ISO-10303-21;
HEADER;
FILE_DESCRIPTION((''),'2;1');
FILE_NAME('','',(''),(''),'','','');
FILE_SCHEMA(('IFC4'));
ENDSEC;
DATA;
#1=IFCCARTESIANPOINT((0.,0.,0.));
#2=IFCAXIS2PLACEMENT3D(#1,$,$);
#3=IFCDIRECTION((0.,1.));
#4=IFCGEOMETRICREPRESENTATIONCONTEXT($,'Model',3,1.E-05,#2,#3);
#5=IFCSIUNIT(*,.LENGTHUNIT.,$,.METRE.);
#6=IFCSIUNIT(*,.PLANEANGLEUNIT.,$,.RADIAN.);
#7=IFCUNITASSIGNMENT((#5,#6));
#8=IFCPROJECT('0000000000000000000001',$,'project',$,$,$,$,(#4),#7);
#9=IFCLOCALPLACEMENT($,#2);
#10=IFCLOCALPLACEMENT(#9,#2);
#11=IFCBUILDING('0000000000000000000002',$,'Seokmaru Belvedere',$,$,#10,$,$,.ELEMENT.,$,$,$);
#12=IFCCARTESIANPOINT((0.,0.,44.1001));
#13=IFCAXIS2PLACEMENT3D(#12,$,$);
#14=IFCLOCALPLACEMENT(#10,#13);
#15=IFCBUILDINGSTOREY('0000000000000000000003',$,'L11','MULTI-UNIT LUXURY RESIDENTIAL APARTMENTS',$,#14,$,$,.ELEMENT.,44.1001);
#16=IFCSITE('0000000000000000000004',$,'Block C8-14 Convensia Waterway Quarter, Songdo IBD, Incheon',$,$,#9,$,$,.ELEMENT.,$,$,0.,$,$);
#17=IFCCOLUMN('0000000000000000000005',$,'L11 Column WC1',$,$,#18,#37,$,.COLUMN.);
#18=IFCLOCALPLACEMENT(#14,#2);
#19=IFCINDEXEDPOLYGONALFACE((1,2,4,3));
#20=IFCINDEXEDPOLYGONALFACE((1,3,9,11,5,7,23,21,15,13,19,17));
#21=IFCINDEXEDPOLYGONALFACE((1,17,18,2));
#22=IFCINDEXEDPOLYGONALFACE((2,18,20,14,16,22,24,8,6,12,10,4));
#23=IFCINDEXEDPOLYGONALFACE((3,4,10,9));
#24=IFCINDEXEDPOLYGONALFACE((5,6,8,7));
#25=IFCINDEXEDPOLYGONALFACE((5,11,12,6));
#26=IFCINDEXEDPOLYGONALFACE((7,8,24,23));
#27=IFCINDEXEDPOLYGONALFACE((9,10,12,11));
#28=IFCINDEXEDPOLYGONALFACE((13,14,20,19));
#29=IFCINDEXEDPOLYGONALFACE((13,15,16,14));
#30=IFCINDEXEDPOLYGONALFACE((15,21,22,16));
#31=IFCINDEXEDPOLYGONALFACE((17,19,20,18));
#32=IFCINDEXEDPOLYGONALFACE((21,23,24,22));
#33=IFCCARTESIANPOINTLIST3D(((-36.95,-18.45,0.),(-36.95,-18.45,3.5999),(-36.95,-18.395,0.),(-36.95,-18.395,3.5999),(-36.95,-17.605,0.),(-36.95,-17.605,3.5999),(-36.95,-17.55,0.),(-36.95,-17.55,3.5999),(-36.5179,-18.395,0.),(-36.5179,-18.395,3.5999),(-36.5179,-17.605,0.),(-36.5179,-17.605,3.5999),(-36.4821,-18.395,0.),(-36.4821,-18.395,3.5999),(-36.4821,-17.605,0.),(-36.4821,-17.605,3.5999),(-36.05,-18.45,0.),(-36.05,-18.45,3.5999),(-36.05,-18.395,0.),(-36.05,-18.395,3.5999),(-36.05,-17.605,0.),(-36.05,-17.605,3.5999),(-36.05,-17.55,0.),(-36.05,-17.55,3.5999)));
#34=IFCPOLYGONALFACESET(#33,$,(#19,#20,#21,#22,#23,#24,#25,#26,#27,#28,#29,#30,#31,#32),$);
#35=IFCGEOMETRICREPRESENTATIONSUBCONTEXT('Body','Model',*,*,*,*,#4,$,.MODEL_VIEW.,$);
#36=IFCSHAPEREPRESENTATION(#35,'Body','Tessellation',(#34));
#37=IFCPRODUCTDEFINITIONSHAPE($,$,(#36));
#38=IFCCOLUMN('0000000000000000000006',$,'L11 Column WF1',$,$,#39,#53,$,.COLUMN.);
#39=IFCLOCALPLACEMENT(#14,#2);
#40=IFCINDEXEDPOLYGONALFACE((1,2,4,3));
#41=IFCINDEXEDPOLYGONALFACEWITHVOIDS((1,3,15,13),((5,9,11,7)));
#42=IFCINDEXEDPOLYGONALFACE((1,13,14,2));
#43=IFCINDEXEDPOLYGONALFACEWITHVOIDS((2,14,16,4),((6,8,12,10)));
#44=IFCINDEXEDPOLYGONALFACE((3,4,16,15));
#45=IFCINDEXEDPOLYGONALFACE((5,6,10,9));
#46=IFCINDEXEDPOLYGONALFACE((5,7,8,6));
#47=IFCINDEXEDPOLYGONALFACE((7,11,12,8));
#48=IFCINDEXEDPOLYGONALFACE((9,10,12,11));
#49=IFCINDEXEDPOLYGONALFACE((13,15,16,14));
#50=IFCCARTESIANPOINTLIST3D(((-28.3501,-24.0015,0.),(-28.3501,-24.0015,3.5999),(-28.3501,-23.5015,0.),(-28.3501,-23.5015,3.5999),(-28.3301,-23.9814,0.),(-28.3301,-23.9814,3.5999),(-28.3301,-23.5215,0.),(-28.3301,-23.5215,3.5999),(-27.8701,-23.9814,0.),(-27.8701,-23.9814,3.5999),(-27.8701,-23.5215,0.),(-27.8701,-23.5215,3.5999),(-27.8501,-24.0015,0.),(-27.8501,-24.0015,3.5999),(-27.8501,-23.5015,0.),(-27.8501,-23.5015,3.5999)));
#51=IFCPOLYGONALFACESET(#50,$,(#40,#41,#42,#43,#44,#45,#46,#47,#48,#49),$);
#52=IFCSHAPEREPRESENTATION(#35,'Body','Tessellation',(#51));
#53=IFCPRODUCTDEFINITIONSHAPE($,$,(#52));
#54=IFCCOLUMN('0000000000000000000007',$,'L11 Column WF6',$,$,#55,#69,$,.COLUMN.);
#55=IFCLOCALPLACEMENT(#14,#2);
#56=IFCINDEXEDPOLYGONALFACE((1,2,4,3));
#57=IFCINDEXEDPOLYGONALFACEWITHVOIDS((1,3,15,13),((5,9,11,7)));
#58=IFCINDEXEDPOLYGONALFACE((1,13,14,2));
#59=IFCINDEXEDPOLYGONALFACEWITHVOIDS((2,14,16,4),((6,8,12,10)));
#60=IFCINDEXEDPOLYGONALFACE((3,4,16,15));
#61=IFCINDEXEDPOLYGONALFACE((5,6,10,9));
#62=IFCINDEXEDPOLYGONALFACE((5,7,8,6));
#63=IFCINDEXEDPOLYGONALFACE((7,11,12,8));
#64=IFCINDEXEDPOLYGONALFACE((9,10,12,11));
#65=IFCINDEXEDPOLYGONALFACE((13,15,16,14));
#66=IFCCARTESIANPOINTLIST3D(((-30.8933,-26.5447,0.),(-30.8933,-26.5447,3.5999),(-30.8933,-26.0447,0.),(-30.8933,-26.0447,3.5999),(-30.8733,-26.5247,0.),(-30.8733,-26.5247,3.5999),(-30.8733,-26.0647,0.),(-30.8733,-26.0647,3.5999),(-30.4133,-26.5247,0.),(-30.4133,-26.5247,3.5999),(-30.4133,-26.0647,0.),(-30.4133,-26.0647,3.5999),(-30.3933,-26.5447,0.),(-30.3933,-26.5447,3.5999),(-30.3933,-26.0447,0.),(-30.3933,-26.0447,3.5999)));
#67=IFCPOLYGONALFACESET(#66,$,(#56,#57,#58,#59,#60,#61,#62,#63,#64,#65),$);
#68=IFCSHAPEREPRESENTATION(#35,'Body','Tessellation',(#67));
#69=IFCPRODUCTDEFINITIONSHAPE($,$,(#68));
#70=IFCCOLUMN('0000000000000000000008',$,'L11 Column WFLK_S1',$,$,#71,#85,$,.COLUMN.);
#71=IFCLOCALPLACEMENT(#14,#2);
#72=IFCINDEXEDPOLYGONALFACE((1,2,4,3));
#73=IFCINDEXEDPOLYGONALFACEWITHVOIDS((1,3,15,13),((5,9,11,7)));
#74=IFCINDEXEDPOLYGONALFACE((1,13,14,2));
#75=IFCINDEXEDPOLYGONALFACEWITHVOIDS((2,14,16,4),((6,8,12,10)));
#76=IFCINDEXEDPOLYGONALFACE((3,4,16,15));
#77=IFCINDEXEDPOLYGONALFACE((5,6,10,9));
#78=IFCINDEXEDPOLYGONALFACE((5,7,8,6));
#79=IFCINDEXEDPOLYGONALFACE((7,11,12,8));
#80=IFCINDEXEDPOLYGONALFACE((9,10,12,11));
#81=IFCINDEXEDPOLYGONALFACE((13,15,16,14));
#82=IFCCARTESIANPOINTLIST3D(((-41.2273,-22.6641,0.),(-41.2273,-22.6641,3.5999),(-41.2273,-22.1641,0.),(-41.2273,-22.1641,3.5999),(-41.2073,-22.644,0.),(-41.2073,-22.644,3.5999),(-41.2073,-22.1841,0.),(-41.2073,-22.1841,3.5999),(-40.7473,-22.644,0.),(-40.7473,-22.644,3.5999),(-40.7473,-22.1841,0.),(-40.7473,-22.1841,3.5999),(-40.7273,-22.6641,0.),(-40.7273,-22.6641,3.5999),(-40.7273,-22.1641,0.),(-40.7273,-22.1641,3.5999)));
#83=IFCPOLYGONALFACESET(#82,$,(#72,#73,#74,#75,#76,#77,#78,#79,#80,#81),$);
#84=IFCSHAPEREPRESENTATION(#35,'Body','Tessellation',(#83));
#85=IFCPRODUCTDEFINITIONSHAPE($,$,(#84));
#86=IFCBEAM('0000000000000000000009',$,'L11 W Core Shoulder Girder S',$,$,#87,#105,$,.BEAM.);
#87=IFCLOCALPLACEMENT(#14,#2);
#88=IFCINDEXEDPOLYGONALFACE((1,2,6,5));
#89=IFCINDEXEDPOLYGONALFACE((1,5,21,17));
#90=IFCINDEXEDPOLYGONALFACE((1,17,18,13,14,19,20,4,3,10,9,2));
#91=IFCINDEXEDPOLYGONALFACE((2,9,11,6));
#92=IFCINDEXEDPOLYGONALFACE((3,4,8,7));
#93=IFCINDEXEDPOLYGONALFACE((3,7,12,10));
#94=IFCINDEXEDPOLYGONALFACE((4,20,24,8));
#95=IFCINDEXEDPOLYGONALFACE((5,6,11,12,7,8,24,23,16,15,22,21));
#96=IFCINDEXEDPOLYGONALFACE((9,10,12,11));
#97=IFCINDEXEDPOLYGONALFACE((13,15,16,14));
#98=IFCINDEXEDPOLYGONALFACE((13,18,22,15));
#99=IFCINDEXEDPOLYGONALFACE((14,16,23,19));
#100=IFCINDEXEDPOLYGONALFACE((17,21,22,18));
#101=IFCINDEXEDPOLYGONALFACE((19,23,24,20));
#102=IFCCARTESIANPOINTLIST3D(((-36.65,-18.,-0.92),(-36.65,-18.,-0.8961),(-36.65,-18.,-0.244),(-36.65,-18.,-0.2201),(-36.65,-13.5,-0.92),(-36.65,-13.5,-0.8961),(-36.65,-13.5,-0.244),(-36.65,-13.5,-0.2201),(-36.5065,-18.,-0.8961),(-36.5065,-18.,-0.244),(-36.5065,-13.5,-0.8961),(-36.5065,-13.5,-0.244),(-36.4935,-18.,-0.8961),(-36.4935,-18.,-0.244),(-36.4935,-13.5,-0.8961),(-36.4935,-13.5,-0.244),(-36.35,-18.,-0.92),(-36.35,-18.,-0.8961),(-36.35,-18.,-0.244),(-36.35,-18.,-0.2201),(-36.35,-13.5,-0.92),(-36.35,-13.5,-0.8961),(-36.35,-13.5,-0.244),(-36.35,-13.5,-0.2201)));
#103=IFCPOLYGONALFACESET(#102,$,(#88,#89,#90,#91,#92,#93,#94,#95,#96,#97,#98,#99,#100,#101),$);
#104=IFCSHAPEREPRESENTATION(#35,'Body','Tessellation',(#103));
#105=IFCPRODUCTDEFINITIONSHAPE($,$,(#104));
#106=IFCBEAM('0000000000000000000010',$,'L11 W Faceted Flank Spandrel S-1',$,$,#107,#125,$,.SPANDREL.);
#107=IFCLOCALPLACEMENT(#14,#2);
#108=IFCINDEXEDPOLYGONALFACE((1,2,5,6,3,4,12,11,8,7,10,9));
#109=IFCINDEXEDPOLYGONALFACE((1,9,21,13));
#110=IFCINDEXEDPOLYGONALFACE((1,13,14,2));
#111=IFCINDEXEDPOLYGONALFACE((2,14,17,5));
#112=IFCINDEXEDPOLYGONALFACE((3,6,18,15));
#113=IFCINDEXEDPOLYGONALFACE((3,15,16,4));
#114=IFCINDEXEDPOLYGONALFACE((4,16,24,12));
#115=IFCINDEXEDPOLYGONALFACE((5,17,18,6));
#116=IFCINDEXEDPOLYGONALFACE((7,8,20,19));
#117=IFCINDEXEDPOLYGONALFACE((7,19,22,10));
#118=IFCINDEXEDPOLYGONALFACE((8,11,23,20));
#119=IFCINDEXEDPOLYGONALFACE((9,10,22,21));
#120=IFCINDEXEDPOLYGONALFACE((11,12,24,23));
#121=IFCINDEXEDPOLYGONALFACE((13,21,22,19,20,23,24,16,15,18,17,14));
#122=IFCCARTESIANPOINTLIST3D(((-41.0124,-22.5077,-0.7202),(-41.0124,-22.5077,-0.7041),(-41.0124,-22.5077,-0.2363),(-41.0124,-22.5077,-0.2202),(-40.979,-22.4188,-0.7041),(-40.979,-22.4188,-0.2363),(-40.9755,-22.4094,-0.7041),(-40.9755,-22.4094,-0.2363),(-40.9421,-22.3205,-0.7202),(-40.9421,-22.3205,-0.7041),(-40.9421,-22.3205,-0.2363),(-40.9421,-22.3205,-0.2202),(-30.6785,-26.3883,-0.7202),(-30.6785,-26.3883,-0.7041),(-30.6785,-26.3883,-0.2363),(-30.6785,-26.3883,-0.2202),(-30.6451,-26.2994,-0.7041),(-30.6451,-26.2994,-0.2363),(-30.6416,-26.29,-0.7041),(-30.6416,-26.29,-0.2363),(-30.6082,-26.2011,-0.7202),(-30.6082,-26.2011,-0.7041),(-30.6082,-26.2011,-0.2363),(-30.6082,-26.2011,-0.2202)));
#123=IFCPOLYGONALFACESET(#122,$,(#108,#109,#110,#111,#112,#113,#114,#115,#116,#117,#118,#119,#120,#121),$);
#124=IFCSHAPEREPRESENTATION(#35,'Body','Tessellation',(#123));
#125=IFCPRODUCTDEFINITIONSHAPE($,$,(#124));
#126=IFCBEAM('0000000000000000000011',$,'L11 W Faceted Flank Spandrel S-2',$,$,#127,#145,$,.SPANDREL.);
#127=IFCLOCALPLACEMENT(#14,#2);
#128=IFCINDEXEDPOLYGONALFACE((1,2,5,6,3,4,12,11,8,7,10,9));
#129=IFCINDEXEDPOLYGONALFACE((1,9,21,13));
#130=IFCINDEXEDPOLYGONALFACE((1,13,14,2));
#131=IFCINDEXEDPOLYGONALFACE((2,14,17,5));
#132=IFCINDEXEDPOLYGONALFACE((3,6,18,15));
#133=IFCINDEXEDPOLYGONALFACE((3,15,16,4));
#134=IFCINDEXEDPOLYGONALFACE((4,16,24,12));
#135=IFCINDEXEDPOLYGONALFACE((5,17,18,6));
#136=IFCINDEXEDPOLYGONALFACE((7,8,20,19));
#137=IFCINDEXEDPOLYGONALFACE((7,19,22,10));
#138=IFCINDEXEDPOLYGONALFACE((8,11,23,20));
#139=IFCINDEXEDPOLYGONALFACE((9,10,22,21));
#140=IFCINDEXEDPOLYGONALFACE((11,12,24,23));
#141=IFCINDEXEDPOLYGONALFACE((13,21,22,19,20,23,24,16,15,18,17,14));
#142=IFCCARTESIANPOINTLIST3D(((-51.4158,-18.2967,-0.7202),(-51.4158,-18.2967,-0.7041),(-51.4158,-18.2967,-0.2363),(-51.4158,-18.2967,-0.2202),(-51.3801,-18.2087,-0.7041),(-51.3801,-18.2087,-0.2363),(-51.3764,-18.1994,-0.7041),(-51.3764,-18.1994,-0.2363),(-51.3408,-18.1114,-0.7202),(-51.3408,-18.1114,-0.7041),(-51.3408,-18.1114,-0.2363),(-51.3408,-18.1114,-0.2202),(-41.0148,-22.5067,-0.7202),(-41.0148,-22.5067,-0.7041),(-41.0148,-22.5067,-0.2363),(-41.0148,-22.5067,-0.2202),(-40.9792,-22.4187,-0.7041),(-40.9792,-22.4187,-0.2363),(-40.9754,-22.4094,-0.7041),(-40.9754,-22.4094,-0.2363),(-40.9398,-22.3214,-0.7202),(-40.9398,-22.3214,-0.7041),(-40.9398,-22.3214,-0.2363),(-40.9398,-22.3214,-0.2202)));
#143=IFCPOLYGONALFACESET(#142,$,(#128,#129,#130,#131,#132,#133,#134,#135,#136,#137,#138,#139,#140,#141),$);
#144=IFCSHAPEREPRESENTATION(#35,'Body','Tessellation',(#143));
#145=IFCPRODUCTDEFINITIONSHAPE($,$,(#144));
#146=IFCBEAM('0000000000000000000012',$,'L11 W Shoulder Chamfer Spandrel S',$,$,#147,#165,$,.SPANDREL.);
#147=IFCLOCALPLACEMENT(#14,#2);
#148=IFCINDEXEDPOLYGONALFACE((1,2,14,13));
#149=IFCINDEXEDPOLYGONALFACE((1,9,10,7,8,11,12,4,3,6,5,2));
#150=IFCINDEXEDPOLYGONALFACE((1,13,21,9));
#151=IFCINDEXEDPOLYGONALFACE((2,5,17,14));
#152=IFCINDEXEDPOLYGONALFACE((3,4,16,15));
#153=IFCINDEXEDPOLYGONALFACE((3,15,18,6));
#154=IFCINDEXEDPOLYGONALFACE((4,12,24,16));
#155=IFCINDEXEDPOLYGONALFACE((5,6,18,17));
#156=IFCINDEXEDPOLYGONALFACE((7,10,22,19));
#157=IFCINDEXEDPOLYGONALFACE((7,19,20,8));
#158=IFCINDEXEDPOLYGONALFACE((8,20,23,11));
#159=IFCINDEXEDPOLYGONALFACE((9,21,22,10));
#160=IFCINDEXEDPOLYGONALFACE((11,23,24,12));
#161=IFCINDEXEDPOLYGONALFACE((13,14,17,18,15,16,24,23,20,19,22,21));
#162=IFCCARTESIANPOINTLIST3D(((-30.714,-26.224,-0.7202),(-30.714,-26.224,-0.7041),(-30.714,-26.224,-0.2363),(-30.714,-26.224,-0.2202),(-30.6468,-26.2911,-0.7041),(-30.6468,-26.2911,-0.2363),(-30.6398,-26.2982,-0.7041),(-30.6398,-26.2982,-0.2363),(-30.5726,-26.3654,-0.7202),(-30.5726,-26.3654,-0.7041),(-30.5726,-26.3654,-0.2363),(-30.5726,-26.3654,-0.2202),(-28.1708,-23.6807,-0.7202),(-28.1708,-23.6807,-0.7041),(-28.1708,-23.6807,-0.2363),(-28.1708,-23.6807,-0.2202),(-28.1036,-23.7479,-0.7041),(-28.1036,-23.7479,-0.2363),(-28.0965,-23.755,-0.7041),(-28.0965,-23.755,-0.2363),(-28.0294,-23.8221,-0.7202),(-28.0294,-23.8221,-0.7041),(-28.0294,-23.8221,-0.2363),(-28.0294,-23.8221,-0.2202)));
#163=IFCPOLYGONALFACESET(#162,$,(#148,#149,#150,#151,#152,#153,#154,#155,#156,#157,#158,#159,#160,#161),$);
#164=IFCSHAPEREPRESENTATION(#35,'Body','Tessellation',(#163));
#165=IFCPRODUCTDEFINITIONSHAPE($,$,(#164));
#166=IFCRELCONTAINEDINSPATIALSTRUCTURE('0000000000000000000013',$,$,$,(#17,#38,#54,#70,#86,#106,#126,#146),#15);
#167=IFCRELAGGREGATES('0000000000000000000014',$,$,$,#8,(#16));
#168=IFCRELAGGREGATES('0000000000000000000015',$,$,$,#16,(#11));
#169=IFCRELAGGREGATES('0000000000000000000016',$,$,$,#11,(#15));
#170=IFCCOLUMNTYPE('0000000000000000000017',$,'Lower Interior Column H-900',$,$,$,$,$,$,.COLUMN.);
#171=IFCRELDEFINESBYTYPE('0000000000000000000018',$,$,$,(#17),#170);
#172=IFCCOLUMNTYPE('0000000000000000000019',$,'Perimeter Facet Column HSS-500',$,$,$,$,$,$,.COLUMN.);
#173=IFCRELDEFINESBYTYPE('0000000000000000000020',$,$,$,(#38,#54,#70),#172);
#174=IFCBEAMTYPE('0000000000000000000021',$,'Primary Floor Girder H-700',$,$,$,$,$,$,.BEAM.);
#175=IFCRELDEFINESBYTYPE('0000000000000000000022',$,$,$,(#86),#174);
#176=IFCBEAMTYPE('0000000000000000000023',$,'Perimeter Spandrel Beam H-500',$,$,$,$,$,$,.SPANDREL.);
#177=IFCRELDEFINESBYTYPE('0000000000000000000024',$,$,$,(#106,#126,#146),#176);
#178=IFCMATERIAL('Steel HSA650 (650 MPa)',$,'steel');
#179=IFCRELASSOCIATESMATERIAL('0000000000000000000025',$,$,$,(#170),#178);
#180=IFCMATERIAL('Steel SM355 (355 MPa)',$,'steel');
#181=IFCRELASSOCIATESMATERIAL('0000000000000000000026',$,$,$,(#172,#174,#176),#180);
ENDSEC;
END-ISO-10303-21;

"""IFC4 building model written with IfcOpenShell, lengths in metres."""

from ifc_helpers import new_model, si_unit, direction, frame, origin, origin_2d, place, context, subcontext, project, spatial, hollow_rectangle, i_section, extrude, source, transform, mapped, material, material_profile, profile_set, type_object, type_shapes, element, save


model = new_model("IFC4")

# Units and contexts
model_context = context("Model", 3, precision=1e-05, world=origin(), true_north=direction((0.0, 1.0)))
body_context = subcontext(model_context, "Body", "Model", "MODEL_VIEW")
ifc_project = project(units=[si_unit("LENGTHUNIT", "METRE"), si_unit("PLANEANGLEUNIT", "RADIAN")], contexts=[model_context])

# Site, building, storey
site_placement = place(None, origin())
site = spatial("IfcSite", under=ifc_project, at=site_placement, Name="Block C8-14 Convensia Waterway Quarter, Songdo IBD, Incheon", CompositionType="ELEMENT", RefElevation=0.0)
building_placement = place(site_placement, origin())
building = spatial("IfcBuilding", under=site, at=building_placement, Name="Seokmaru Belvedere", CompositionType="ELEMENT")
storey_placement = place(building_placement, frame((0.0, 0.0, 44.1001)))
storey = spatial("IfcBuildingStorey", under=building, at=storey_placement, Name="L11", Description="MULTI-UNIT LUXURY RESIDENTIAL APARTMENTS", CompositionType="ELEMENT", Elevation=44.1001)

# Columns
ifc_material_1 = material(Name="Steel HSA650 (650 MPa)", Category="steel")
ifc_material_profile_1 = material_profile(ifc_material_1, i_section(OverallWidth=0.8999, OverallDepth=0.8999, WebThickness=0.0359, FlangeThickness=0.0549, at=origin_2d()), Name="H-900x900x36x55")
ifc_profile_set_1 = profile_set([ifc_material_profile_1], Name="Steel HSA650 (650 MPa)")
column_type_1 = type_object("IfcColumnType", Name="Lower Interior Column H-900", PredefinedType="COLUMN", material=ifc_profile_set_1)
shared_shape_1 = source(origin(), body_context, "Body", "SweptSolid", [
    extrude(i_section(OverallWidth=0.8999, OverallDepth=0.8999, WebThickness=0.0359, FlangeThickness=0.0549, at=origin_2d()), origin(), (0.0, 0.0, 1.0), 3.5999),
])
type_shapes(column_type_1, [shared_shape_1])
column_placement = place(storey_placement, frame((-36.5, -18.0, 0.0), z_axis=(0.0, 0.0, 1.0), x_axis=(1.0, 0.0, 0.0)))
element("IfcColumn", 1, at=column_placement, inside=storey, type_object=column_type_1, Name="L11 Column WC1", PredefinedType="COLUMN", context=body_context, shape_type="MappedRepresentation", body=[
    mapped(shared_shape_1, transform((0.0, 0.0, 0.0), scale=1.0)),
])
ifc_material_2 = material(Name="Steel SM355 (355 MPa)", Category="steel")
ifc_material_profile_2 = material_profile(ifc_material_2, hollow_rectangle(XDim=0.5, YDim=0.5, WallThickness=0.02, at=origin_2d()), Name="HSS-500x500x20")
ifc_profile_set_2 = profile_set([ifc_material_profile_2], Name="Steel SM355 (355 MPa)")
column_type_2 = type_object("IfcColumnType", Name="Perimeter Facet Column HSS-500", PredefinedType="COLUMN", material=ifc_profile_set_2)
shared_shape_2 = source(origin(), body_context, "Body", "SweptSolid", [
    extrude(hollow_rectangle(XDim=0.5, YDim=0.5, WallThickness=0.02, at=origin_2d()), origin(), (0.0, 0.0, 1.0), 3.5999),
])
type_shapes(column_type_2, [shared_shape_2])
for number, where, z_axis, x_axis, name in (
    (2, (-28.1001, -23.7515, 0.0), (0.0, 0.0, 1.0), (1.0, 0.0, 0.0), "L11 Column WF1"),
    (3, (-30.6433, -26.2947, 0.0), (0.0, 0.0, 1.0), (1.0, 0.0, 0.0), "L11 Column WF6"),
    (4, (-40.9773, -22.4141, 0.0), (0.0, 0.0, 1.0), (1.0, 0.0, 0.0), "L11 Column WFLK_S1"),
):
    element("IfcColumn", number, at=place(storey_placement, frame(where, z_axis=z_axis, x_axis=x_axis)), inside=storey, type_object=column_type_2, Name=name, PredefinedType="COLUMN", context=body_context, shape_type="MappedRepresentation", body=[
        mapped(shared_shape_2, transform((0.0, 0.0, 0.0), scale=1.0)),
    ])

# Beams
ifc_material_profile_3 = material_profile(ifc_material_2, i_section(OverallWidth=0.3, OverallDepth=0.7, WebThickness=0.0129, FlangeThickness=0.0239, at=origin_2d()), Name="H-700x300x13x24")
ifc_profile_set_3 = profile_set([ifc_material_profile_3], Name="Steel SM355 (355 MPa)")
beam_type_1 = type_object("IfcBeamType", Name="Primary Floor Girder H-700", PredefinedType="BEAM", material=ifc_profile_set_3)
shared_shape_3 = source(origin(), body_context, "Body", "SweptSolid", [
    extrude(i_section(OverallWidth=0.3, OverallDepth=0.7, WebThickness=0.0129, FlangeThickness=0.0239, at=origin_2d()), origin(), (0.0, 0.0, 1.0), 4.5),
])
beam_1_placement = place(storey_placement, frame((-36.5, -18.0, -0.5701), z_axis=(0.0, 1.0, 0.0), x_axis=(-1.0, 0.0, 0.0)))
element("IfcBeam", 5, at=beam_1_placement, inside=storey, type_object=beam_type_1, Name="L11 W Core Shoulder Girder S", PredefinedType="BEAM", context=body_context, shape_type="MappedRepresentation", body=[
    mapped(shared_shape_3, transform((0.0, 0.0, 0.0), scale=1.0)),
])
ifc_material_profile_4 = material_profile(ifc_material_2, i_section(OverallWidth=0.2, OverallDepth=0.5, WebThickness=0.01, FlangeThickness=0.0161, at=origin_2d()), Name="H-500x200x10x16")
ifc_profile_set_4 = profile_set([ifc_material_profile_4], Name="Steel SM355 (355 MPa)")
beam_type_2 = type_object("IfcBeamType", Name="Perimeter Spandrel Beam H-500", PredefinedType="SPANDREL", material=ifc_profile_set_4)
shared_shape_4 = source(origin(), body_context, "Body", "SweptSolid", [
    extrude(i_section(OverallWidth=0.2, OverallDepth=0.5, WebThickness=0.01, FlangeThickness=0.0161, at=origin_2d()), origin(), (0.0, 0.0, 1.0), 11.0386),
])
beam_2_placement = place(storey_placement, frame((-30.6433, -26.2947, -0.4702), z_axis=(-0.936169, 0.35155, 0.0), x_axis=(-0.35155, -0.936169, 0.0)))
element("IfcBeam", 6, at=beam_2_placement, inside=storey, type_object=beam_type_2, Name="L11 W Faceted Flank Spandrel S-1", PredefinedType="SPANDREL", context=body_context, shape_type="MappedRepresentation", body=[
    mapped(shared_shape_4, transform((0.0, 0.0, 0.0), scale=1.0)),
])
shared_shape_5 = source(origin(), body_context, "Body", "SweptSolid", [
    extrude(i_section(OverallWidth=0.2, OverallDepth=0.5, WebThickness=0.01, FlangeThickness=0.0161, at=origin_2d()), origin(), (0.0, 0.0, 1.0), 11.2207),
])
beam_3_placement = place(storey_placement, frame((-40.9773, -22.4141, -0.4702), z_axis=(-0.926944, 0.375199, 0.0), x_axis=(-0.375199, -0.926944, 0.0)))
element("IfcBeam", 7, at=beam_3_placement, inside=storey, type_object=beam_type_2, Name="L11 W Faceted Flank Spandrel S-2", PredefinedType="SPANDREL", context=body_context, shape_type="MappedRepresentation", body=[
    mapped(shared_shape_5, transform((0.0, 0.0, 0.0), scale=1.0)),
])
shared_shape_6 = source(origin(), body_context, "Body", "SweptSolid", [
    extrude(i_section(OverallWidth=0.2, OverallDepth=0.5, WebThickness=0.01, FlangeThickness=0.0161, at=origin_2d()), origin(), (0.0, 0.0, 1.0), 3.5967),
])
beam_4_placement = place(storey_placement, frame((-30.6433, -26.2947, -0.4702), z_axis=(0.707107, 0.707107, 0.0), x_axis=(-0.707107, 0.707107, 0.0)))
element("IfcBeam", 8, at=beam_4_placement, inside=storey, type_object=beam_type_2, Name="L11 W Shoulder Chamfer Spandrel S", PredefinedType="SPANDREL", context=body_context, shape_type="MappedRepresentation", body=[
    mapped(shared_shape_6, transform((0.0, 0.0, 0.0), scale=1.0)),
])

save(model, "model.ifc")
